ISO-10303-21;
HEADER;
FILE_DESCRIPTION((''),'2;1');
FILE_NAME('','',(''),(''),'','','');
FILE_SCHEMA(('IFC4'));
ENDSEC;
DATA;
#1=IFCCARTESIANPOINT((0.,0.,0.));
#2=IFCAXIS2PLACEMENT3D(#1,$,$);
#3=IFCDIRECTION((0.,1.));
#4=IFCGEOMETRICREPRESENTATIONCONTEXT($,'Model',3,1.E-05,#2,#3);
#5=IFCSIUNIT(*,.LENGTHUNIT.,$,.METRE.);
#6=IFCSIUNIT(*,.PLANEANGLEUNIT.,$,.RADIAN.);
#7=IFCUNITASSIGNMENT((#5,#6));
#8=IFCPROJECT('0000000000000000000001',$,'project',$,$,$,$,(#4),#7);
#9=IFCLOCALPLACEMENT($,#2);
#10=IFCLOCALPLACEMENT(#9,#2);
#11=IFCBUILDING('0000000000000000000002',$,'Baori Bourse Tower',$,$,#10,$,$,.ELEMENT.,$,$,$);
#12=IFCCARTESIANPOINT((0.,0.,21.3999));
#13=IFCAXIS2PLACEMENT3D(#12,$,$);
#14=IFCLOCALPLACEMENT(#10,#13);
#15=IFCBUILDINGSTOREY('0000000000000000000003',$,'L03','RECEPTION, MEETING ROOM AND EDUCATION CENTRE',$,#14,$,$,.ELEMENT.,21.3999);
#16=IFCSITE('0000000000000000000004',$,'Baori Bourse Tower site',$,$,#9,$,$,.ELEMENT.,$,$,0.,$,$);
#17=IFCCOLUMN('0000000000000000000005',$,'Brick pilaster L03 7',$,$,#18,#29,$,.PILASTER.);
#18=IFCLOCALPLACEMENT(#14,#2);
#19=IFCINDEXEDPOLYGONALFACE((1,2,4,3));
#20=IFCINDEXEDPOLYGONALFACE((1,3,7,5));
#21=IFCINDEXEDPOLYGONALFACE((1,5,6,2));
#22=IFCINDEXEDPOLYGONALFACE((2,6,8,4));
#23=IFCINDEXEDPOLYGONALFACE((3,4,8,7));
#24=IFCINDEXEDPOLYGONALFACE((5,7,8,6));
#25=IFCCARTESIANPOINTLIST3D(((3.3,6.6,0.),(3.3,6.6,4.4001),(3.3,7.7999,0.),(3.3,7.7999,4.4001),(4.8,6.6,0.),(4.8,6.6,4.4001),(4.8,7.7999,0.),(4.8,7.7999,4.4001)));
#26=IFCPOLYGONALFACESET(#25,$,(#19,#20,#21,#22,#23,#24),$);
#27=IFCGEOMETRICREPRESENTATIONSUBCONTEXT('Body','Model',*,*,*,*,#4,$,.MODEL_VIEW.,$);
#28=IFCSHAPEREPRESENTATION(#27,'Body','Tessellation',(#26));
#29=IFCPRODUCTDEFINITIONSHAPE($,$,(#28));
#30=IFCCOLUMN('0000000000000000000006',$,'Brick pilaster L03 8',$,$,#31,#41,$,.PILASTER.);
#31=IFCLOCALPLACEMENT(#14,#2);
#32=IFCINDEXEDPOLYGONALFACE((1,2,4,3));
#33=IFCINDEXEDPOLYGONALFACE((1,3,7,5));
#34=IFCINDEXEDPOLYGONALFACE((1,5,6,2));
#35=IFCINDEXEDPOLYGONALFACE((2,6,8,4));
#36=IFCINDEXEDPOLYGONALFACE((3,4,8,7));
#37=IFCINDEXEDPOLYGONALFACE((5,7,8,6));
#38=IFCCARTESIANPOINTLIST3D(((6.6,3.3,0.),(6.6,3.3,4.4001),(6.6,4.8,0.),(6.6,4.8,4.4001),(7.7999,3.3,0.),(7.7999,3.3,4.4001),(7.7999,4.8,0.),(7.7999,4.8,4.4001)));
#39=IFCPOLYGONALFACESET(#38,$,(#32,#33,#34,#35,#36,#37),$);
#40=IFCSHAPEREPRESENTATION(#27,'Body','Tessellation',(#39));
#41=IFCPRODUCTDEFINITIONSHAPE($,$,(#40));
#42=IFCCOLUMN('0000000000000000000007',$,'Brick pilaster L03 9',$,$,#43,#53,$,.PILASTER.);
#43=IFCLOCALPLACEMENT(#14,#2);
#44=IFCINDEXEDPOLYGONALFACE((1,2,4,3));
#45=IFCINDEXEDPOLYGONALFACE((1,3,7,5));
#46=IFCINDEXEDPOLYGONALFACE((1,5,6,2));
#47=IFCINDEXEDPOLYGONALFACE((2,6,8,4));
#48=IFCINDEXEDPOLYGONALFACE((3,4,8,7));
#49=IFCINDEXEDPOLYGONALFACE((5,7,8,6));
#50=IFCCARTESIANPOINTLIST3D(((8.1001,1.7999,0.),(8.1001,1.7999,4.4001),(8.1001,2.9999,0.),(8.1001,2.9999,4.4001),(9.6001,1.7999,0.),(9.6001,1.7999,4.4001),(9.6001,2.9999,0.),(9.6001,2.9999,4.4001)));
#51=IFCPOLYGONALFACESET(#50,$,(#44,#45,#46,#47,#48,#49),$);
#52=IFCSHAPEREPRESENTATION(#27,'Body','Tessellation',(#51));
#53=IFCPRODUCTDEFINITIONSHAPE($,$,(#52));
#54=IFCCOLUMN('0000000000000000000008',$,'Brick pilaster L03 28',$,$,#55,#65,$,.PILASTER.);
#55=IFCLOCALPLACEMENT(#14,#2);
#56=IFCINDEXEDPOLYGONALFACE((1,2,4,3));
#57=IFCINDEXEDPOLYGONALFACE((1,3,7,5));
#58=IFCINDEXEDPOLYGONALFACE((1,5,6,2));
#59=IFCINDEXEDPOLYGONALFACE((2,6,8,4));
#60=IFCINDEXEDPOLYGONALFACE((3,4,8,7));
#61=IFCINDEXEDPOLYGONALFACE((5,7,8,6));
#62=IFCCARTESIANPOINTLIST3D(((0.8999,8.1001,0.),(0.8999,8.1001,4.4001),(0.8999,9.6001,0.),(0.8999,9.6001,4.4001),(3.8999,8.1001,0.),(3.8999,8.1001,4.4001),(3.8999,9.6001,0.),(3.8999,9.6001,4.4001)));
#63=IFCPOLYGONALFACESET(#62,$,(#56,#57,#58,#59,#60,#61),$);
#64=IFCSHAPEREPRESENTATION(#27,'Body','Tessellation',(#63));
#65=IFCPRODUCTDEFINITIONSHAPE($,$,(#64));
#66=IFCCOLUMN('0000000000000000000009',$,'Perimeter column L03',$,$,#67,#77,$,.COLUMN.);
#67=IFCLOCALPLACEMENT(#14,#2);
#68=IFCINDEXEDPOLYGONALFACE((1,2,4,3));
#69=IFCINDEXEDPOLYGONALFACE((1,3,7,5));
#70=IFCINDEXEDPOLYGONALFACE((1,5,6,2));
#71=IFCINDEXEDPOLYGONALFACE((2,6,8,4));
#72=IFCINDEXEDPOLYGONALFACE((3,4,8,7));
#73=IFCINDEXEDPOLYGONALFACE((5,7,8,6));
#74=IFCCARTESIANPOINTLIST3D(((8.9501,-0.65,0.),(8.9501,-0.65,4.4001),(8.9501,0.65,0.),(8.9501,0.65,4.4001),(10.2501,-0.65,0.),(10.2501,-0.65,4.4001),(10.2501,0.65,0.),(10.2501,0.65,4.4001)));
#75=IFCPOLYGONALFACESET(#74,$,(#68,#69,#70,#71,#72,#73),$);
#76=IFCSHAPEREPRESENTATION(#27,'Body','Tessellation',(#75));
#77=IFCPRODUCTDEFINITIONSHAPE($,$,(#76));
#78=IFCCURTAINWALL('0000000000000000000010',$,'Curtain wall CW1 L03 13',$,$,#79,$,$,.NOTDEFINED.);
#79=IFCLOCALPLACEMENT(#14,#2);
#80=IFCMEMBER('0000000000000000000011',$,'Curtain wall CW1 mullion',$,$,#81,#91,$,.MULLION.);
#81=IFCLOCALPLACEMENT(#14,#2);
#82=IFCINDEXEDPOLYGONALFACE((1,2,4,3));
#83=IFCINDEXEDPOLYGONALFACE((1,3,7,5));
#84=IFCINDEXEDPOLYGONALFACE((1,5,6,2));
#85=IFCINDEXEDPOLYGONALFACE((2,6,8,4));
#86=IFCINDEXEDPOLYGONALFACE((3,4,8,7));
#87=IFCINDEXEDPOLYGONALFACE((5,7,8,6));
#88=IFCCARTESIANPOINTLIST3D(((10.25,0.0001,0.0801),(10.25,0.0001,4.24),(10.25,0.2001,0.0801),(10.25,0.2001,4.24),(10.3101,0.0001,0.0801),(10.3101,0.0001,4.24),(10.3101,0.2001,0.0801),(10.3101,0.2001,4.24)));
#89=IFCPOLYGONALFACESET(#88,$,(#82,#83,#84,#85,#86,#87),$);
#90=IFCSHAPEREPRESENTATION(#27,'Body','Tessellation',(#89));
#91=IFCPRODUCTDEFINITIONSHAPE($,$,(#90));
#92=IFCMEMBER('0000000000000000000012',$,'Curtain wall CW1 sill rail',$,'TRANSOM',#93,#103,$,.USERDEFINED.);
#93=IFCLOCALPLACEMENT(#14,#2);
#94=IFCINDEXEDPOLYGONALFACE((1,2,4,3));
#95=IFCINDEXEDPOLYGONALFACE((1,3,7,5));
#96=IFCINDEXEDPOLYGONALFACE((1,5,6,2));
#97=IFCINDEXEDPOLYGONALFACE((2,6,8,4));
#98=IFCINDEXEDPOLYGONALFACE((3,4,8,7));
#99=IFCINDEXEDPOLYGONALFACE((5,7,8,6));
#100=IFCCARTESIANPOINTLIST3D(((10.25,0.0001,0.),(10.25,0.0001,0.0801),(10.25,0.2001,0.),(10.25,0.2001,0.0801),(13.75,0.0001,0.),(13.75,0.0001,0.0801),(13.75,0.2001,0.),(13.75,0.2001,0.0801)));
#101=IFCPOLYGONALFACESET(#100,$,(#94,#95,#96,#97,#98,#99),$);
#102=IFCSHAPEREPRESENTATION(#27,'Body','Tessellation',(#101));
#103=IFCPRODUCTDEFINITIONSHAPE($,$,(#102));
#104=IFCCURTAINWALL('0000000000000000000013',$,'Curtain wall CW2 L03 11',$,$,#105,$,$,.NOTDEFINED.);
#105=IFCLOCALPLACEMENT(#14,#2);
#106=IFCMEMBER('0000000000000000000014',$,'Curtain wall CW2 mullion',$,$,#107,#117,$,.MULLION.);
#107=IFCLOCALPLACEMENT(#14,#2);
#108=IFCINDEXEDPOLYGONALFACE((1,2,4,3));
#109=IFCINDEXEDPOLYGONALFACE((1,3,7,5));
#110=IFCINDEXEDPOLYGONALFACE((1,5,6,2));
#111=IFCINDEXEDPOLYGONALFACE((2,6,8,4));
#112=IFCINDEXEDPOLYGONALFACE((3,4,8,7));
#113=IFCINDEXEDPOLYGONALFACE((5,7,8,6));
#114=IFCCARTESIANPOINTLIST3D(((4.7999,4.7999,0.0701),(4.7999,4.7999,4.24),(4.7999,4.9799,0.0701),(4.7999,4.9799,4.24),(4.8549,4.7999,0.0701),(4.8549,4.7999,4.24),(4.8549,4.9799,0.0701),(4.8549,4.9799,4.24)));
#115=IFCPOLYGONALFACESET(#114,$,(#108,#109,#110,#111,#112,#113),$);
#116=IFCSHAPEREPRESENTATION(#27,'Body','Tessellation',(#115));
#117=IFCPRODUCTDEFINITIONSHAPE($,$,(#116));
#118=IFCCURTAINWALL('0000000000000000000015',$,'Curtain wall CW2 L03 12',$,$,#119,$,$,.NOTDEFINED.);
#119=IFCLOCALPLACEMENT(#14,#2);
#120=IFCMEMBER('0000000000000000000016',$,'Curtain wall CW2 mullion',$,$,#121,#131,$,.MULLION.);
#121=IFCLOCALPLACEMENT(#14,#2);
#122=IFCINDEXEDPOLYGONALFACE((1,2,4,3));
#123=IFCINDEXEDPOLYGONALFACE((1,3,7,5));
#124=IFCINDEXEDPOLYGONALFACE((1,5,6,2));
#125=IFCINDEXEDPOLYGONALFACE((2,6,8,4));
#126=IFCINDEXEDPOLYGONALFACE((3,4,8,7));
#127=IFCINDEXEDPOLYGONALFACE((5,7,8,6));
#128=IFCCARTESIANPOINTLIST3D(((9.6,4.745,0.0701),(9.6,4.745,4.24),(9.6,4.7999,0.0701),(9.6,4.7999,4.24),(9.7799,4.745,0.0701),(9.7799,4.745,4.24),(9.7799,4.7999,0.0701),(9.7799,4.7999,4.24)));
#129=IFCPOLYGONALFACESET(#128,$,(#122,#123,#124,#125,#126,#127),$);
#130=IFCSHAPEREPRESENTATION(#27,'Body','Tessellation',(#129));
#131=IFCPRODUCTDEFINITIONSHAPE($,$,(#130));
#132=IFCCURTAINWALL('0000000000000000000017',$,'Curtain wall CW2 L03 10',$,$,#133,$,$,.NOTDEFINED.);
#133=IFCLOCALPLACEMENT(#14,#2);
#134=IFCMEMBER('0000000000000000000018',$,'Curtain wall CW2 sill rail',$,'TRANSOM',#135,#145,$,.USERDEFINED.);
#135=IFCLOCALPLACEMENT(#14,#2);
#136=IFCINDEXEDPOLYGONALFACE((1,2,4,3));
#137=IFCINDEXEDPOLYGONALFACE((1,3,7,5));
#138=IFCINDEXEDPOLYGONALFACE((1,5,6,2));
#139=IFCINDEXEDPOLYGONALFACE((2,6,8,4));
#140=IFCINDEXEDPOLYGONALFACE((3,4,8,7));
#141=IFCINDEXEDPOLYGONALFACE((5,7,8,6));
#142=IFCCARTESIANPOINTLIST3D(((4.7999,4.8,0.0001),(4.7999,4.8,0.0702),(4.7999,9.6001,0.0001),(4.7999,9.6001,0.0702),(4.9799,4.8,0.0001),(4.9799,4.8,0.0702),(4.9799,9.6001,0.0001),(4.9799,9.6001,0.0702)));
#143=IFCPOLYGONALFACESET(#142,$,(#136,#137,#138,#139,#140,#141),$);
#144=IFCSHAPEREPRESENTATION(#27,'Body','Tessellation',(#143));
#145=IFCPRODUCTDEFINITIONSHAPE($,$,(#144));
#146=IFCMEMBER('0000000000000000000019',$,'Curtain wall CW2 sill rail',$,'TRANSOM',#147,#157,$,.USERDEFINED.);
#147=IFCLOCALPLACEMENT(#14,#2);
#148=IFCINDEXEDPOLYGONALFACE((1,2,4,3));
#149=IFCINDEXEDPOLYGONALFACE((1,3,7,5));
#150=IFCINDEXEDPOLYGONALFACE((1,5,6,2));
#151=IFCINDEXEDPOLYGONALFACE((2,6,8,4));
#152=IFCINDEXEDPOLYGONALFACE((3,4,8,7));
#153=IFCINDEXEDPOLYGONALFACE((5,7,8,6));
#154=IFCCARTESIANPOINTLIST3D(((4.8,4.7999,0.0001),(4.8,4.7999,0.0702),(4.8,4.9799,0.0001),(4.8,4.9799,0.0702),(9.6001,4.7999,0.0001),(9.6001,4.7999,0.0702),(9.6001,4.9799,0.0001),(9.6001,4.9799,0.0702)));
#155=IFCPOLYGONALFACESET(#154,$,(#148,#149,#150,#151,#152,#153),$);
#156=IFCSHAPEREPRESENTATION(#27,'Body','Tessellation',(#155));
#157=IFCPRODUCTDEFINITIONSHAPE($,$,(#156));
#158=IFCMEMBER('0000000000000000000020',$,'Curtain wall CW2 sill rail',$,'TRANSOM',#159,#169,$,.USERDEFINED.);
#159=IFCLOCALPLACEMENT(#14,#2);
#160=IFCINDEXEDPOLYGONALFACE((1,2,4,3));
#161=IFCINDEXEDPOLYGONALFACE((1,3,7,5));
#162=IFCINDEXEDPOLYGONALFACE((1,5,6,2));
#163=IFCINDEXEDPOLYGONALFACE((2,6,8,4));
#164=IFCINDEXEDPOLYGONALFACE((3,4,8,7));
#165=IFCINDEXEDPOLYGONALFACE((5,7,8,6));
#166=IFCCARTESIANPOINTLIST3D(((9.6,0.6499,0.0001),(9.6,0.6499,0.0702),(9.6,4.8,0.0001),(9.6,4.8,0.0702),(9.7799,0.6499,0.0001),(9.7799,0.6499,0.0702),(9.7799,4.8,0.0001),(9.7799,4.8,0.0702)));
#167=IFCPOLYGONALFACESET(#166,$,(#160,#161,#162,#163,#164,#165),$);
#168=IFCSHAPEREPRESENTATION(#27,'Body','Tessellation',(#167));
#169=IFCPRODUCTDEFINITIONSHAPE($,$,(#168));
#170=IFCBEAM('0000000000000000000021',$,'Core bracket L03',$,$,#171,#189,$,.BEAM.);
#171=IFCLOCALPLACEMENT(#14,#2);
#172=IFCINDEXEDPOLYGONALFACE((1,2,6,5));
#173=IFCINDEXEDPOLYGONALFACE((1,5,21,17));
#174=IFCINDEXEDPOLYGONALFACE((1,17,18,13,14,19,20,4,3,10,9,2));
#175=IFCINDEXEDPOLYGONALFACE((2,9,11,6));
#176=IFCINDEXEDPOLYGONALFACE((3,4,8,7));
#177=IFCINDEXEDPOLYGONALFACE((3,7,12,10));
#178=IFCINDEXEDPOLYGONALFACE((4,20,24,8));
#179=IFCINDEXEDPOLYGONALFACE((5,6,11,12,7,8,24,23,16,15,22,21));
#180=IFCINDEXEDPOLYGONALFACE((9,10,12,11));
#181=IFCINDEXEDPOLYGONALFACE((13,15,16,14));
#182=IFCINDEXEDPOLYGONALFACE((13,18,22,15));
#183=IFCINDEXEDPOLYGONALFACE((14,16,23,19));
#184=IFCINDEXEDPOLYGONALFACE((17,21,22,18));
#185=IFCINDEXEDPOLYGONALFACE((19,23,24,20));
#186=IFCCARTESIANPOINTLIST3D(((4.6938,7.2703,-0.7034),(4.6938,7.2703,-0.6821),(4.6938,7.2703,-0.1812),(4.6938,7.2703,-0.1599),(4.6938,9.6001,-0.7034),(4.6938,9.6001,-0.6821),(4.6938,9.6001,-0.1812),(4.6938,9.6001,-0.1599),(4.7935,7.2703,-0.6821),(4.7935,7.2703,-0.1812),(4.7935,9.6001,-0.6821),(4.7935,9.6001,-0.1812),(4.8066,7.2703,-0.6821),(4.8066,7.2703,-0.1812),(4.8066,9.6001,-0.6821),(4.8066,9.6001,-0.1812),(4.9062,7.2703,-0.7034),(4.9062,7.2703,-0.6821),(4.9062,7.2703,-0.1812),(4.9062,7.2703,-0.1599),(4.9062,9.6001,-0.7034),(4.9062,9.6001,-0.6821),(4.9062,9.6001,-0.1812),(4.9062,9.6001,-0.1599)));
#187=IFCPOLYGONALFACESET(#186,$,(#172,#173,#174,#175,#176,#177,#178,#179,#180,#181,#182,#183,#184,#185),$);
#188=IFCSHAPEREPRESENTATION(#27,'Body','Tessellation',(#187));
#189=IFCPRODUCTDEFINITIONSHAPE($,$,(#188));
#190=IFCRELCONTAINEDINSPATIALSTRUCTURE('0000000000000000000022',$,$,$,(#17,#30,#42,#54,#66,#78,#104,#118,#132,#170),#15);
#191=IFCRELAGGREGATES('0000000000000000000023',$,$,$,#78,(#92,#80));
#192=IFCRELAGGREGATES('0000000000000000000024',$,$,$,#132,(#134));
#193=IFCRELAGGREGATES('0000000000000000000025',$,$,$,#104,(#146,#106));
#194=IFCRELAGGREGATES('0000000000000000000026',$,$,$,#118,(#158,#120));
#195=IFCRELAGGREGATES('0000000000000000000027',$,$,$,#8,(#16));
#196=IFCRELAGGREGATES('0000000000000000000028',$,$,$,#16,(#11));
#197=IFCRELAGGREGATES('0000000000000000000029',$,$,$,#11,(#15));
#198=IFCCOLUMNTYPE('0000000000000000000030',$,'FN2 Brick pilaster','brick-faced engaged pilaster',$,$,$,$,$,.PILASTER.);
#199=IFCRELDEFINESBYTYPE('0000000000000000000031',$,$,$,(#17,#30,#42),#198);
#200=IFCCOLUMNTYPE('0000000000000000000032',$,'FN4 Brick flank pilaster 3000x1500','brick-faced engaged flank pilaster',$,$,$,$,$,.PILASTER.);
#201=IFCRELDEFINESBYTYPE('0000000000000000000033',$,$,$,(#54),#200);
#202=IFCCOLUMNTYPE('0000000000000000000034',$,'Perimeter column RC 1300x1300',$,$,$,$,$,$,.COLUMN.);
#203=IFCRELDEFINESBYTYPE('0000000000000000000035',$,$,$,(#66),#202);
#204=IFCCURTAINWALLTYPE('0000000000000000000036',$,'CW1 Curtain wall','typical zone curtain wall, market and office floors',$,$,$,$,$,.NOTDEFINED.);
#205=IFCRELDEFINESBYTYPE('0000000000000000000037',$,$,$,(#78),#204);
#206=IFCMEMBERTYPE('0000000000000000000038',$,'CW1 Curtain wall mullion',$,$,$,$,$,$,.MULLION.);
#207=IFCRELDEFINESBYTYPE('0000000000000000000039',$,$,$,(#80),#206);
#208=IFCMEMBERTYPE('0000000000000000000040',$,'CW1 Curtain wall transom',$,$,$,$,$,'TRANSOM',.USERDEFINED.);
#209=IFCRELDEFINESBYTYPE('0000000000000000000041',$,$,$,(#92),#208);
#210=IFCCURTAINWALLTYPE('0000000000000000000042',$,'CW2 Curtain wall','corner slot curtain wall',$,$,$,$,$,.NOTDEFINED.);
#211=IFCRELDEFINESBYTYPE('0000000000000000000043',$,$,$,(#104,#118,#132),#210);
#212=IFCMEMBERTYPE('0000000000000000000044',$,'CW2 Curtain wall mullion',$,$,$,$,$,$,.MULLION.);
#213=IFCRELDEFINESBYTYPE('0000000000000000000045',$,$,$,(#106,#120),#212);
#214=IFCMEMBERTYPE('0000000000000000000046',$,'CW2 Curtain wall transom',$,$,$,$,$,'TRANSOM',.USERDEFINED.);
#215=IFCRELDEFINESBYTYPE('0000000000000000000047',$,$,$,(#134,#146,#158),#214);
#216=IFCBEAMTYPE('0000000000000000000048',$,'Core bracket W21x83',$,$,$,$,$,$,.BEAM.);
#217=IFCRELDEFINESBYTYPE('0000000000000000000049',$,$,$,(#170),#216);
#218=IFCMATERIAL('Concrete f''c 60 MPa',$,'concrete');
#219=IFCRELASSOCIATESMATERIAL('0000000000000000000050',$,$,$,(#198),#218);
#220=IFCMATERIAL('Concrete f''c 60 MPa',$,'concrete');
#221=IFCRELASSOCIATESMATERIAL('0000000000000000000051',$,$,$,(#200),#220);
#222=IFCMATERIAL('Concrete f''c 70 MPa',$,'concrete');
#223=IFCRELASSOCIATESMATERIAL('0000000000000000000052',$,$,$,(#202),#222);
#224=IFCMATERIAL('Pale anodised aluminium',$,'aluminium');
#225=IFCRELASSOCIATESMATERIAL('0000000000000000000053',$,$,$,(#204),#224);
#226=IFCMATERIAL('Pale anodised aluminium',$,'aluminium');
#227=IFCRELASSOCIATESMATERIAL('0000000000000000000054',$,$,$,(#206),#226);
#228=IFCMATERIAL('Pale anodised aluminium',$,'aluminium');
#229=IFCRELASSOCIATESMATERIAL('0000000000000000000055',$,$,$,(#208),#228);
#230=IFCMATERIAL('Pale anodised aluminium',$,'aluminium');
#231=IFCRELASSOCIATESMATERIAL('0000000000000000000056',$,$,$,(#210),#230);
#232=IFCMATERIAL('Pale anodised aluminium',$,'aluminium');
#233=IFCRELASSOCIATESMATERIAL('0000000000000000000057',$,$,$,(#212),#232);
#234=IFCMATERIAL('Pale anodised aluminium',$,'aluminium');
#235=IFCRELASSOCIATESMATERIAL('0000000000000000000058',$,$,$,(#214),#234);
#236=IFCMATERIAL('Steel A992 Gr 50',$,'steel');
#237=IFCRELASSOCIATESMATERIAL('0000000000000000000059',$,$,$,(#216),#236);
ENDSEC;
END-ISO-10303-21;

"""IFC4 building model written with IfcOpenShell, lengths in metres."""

from ifc_helpers import new_model, si_unit, direction, frame, origin, origin_2d, place, context, subcontext, project, spatial, rectangle, i_section, extrude, material, material_profile, profile_set, type_object, element, aggregate, save


model = new_model("IFC4")

# Units and contexts
model_context = context("Model", 3, precision=1e-05, world=origin(), true_north=direction((0.0, 1.0)))
body_context = subcontext(model_context, "Body", "Model", "MODEL_VIEW")
ifc_project = project(units=[si_unit("LENGTHUNIT", "METRE"), si_unit("PLANEANGLEUNIT", "RADIAN")], contexts=[model_context])

# Site, building, storey
site_placement = place(None, origin())
site = spatial("IfcSite", under=ifc_project, at=site_placement, Name="Baori Bourse Tower site", CompositionType="ELEMENT", RefElevation=0.0)
building_placement = place(site_placement, origin())
building = spatial("IfcBuilding", under=site, at=building_placement, Name="Baori Bourse Tower", CompositionType="ELEMENT")
storey_placement = place(building_placement, frame((0.0, 0.0, 21.3999)))
storey = spatial("IfcBuildingStorey", under=building, at=storey_placement, Name="L03", Description="RECEPTION, MEETING ROOM AND EDUCATION CENTRE", CompositionType="ELEMENT", Elevation=21.3999)

# Columns
ifc_material_1 = material(Name="Concrete f'c 60 MPa", Category="concrete")
ifc_material_profile_1 = material_profile(ifc_material_1, rectangle(XDim=1.2, YDim=1.5, at=origin_2d()), Name="RC 1200x1500")
ifc_profile_set_1 = profile_set([ifc_material_profile_1], Name="Concrete f'c 60 MPa")
column_type_1 = type_object("IfcColumnType", Name="FN2 Brick pilaster", Description="brick-faced engaged pilaster", PredefinedType="PILASTER", material=ifc_profile_set_1)
for number, where, z_axis, x_axis, name in (
    (1, (4.05, 7.2, 0.0), (0.0, 0.0, 1.0), (0.0, 1.0, 0.0), "Brick pilaster L03 7"),
    (2, (7.2, 4.05, 0.0), (0.0, 0.0, 1.0), (1.0, 0.0, 0.0), "Brick pilaster L03 8"),
    (3, (8.8501, 2.3999, 0.0), (0.0, 0.0, 1.0), (0.0, 1.0, 0.0), "Brick pilaster L03 9"),
):
    element("IfcColumn", number, at=place(storey_placement, frame(where, z_axis=z_axis, x_axis=x_axis)), inside=storey, type_object=column_type_1, Name=name, PredefinedType="PILASTER", context=body_context, shape_type="SweptSolid", body=[
        extrude(rectangle(XDim=1.2, YDim=1.5, at=origin_2d()), origin(), (0.0, 0.0, 1.0), 4.4001),
    ])
ifc_material_2 = material(Name="Concrete f'c 60 MPa", Category="concrete")
ifc_material_profile_2 = material_profile(ifc_material_2, rectangle(XDim=3.0, YDim=1.5, at=origin_2d()), Name="RC 3000x1500")
ifc_profile_set_2 = profile_set([ifc_material_profile_2], Name="Concrete f'c 60 MPa")
column_type_2 = type_object("IfcColumnType", Name="FN4 Brick flank pilaster 3000x1500", Description="brick-faced engaged flank pilaster", PredefinedType="PILASTER", material=ifc_profile_set_2)
column_1_placement = place(storey_placement, frame((2.3999, 8.8501, 0.0), z_axis=(0.0, 0.0, 1.0), x_axis=(1.0, 0.0, 0.0)))
element("IfcColumn", 4, at=column_1_placement, inside=storey, type_object=column_type_2, Name="Brick pilaster L03 28", PredefinedType="PILASTER", context=body_context, shape_type="SweptSolid", body=[
    extrude(rectangle(XDim=3.0, YDim=1.5, at=origin_2d()), origin(), (0.0, 0.0, 1.0), 4.4001),
])
ifc_material_3 = material(Name="Concrete f'c 70 MPa", Category="concrete")
ifc_material_profile_3 = material_profile(ifc_material_3, rectangle(XDim=1.3, YDim=1.3, at=origin_2d()), Name="RC 1300x1300")
ifc_profile_set_3 = profile_set([ifc_material_profile_3], Name="Concrete f'c 70 MPa")
column_type_3 = type_object("IfcColumnType", Name="Perimeter column RC 1300x1300", PredefinedType="COLUMN", material=ifc_profile_set_3)
column_2_placement = place(storey_placement, frame((9.6001, 0.0, 0.0), z_axis=(0.0, 0.0, 1.0), x_axis=(1.0, 0.0, 0.0)))
element("IfcColumn", 5, at=column_2_placement, inside=storey, type_object=column_type_3, Name="Perimeter column L03", PredefinedType="COLUMN", context=body_context, shape_type="SweptSolid", body=[
    extrude(rectangle(XDim=1.3, YDim=1.3, at=origin_2d()), origin(), (0.0, 0.0, 1.0), 4.4001),
])

# Curtain wall, members
ifc_material_4 = material(Name="Pale anodised aluminium", Category="aluminium")
curtain_wall_type_1 = type_object("IfcCurtainWallType", Name="CW1 Curtain wall", Description="typical zone curtain wall, market and office floors", PredefinedType="NOTDEFINED", material=ifc_material_4)
curtain_wall_1_placement = place(storey_placement, origin())
curtain_wall_1 = element("IfcCurtainWall", 6, at=curtain_wall_1_placement, inside=storey, type_object=curtain_wall_type_1, Name="Curtain wall CW1 L03 13", PredefinedType="NOTDEFINED")
ifc_material_5 = material(Name="Pale anodised aluminium", Category="aluminium")
ifc_material_profile_4 = material_profile(ifc_material_5, rectangle(XDim=0.2, YDim=0.0601, at=origin_2d()), Name="Mullion 60x200")
ifc_profile_set_4 = profile_set([ifc_material_profile_4], Name="Pale anodised aluminium")
member_type_1 = type_object("IfcMemberType", Name="CW1 Curtain wall mullion", PredefinedType="MULLION", material=ifc_profile_set_4)
member_1_placement = place(storey_placement, frame((10.28, 0.1001, 0.0801), z_axis=(0.0, 0.0, 1.0), x_axis=(0.0, 1.0, 0.0)))
member_1 = element("IfcMember", 7, at=member_1_placement, type_object=member_type_1, Name="Curtain wall CW1 mullion", PredefinedType="MULLION", context=body_context, shape_type="SweptSolid", body=[
    extrude(rectangle(XDim=0.2, YDim=0.0601, at=origin_2d()), origin(), (0.0, 0.0, 1.0), 4.1599),
])
ifc_material_6 = material(Name="Pale anodised aluminium", Category="aluminium")
ifc_material_profile_5 = material_profile(ifc_material_6, rectangle(XDim=0.2, YDim=0.0801, at=origin_2d()), Name="Transom 80x200")
ifc_profile_set_5 = profile_set([ifc_material_profile_5], Name="Pale anodised aluminium")
member_type_2 = type_object("IfcMemberType", Name="CW1 Curtain wall transom", ElementType="TRANSOM", PredefinedType="USERDEFINED", material=ifc_profile_set_5)
member_2_placement = place(storey_placement, frame((10.25, 0.1001, 0.04), z_axis=(1.0, 0.0, 0.0), x_axis=(0.0, 1.0, 0.0)))
member_2 = element("IfcMember", 8, at=member_2_placement, type_object=member_type_2, Name="Curtain wall CW1 sill rail", ObjectType="TRANSOM", PredefinedType="USERDEFINED", context=body_context, shape_type="SweptSolid", body=[
    extrude(rectangle(XDim=0.2, YDim=0.0801, at=origin_2d()), origin(), (0.0, 0.0, 1.0), 3.5),
])
aggregate(curtain_wall_1, [member_2, member_1])

# Curtain walls, members
ifc_material_7 = material(Name="Pale anodised aluminium", Category="aluminium")
curtain_wall_type_2 = type_object("IfcCurtainWallType", Name="CW2 Curtain wall", Description="corner slot curtain wall", PredefinedType="NOTDEFINED", material=ifc_material_7)
curtain_wall_2_placement = place(storey_placement, origin())
curtain_wall_2 = element("IfcCurtainWall", 9, at=curtain_wall_2_placement, inside=storey, type_object=curtain_wall_type_2, Name="Curtain wall CW2 L03 11", PredefinedType="NOTDEFINED")
ifc_material_8 = material(Name="Pale anodised aluminium", Category="aluminium")
ifc_material_profile_6 = material_profile(ifc_material_8, rectangle(XDim=0.1799, YDim=0.0549, at=origin_2d()), Name="Mullion 55x180")
ifc_profile_set_6 = profile_set([ifc_material_profile_6], Name="Pale anodised aluminium")
member_type_3 = type_object("IfcMemberType", Name="CW2 Curtain wall mullion", PredefinedType="MULLION", material=ifc_profile_set_6)
member_3_placement = place(storey_placement, frame((4.8274, 4.8899, 0.0701), z_axis=(0.0, 0.0, 1.0), x_axis=(0.0, 1.0, 0.0)))
member_3 = element("IfcMember", 10, at=member_3_placement, type_object=member_type_3, Name="Curtain wall CW2 mullion", PredefinedType="MULLION", context=body_context, shape_type="SweptSolid", body=[
    extrude(rectangle(XDim=0.1799, YDim=0.0549, at=origin_2d()), origin(), (0.0, 0.0, 1.0), 4.1699),
])
curtain_wall_3_placement = place(storey_placement, origin())
curtain_wall_3 = element("IfcCurtainWall", 11, at=curtain_wall_3_placement, inside=storey, type_object=curtain_wall_type_2, Name="Curtain wall CW2 L03 12", PredefinedType="NOTDEFINED")
member_4_placement = place(storey_placement, frame((9.6899, 4.7725, 0.0701), z_axis=(0.0, 0.0, 1.0), x_axis=(1.0, 0.0, 0.0)))
member_4 = element("IfcMember", 12, at=member_4_placement, type_object=member_type_3, Name="Curtain wall CW2 mullion", PredefinedType="MULLION", context=body_context, shape_type="SweptSolid", body=[
    extrude(rectangle(XDim=0.1799, YDim=0.0549, at=origin_2d()), origin(), (0.0, 0.0, 1.0), 4.1699),
])
curtain_wall_4_placement = place(storey_placement, origin())
curtain_wall_4 = element("IfcCurtainWall", 13, at=curtain_wall_4_placement, inside=storey, type_object=curtain_wall_type_2, Name="Curtain wall CW2 L03 10", PredefinedType="NOTDEFINED")
ifc_material_9 = material(Name="Pale anodised aluminium", Category="aluminium")
ifc_material_profile_7 = material_profile(ifc_material_9, rectangle(XDim=0.1799, YDim=0.0701, at=origin_2d()), Name="Transom 70x180")
ifc_profile_set_7 = profile_set([ifc_material_profile_7], Name="Pale anodised aluminium")
member_type_4 = type_object("IfcMemberType", Name="CW2 Curtain wall transom", ElementType="TRANSOM", PredefinedType="USERDEFINED", material=ifc_profile_set_7)
member_5_placement = place(storey_placement, frame((4.8899, 9.6001, 0.0352), z_axis=(0.0, -1.0, 0.0), x_axis=(1.0, 0.0, 0.0)))
member_5 = element("IfcMember", 14, at=member_5_placement, type_object=member_type_4, Name="Curtain wall CW2 sill rail", ObjectType="TRANSOM", PredefinedType="USERDEFINED", context=body_context, shape_type="SweptSolid", body=[
    extrude(rectangle(XDim=0.1799, YDim=0.0701, at=origin_2d()), origin(), (0.0, 0.0, 1.0), 4.8),
])

# Members
member_6_placement = place(storey_placement, frame((4.8, 4.8899, 0.0352), z_axis=(1.0, 0.0, 0.0), x_axis=(0.0, 1.0, 0.0)))
member_6 = element("IfcMember", 15, at=member_6_placement, type_object=member_type_4, Name="Curtain wall CW2 sill rail", ObjectType="TRANSOM", PredefinedType="USERDEFINED", context=body_context, shape_type="SweptSolid", body=[
    extrude(rectangle(XDim=0.1799, YDim=0.0701, at=origin_2d()), origin(), (0.0, 0.0, 1.0), 4.8),
])
member_7_placement = place(storey_placement, frame((9.6899, 4.8, 0.0352), z_axis=(0.0, -1.0, 0.0), x_axis=(1.0, 0.0, 0.0)))
member_7 = element("IfcMember", 16, at=member_7_placement, type_object=member_type_4, Name="Curtain wall CW2 sill rail", ObjectType="TRANSOM", PredefinedType="USERDEFINED", context=body_context, shape_type="SweptSolid", body=[
    extrude(rectangle(XDim=0.1799, YDim=0.0701, at=origin_2d()), origin(), (0.0, 0.0, 1.0), 4.1501),
])

# Beam
ifc_material_10 = material(Name="Steel A992 Gr 50", Category="steel")
ifc_material_profile_8 = material_profile(ifc_material_10, i_section(OverallWidth=0.2124, OverallDepth=0.5435, WebThickness=0.0132, FlangeThickness=0.0212, at=origin_2d()), Name="W21x83")
ifc_profile_set_8 = profile_set([ifc_material_profile_8], Name="Steel A992 Gr 50")
beam_type_1 = type_object("IfcBeamType", Name="Core bracket W21x83", PredefinedType="BEAM", material=ifc_profile_set_8)
beam_1_placement = place(storey_placement, frame((4.8, 7.2703, -0.4316), z_axis=(0.0, 1.0, 0.0), x_axis=(-1.0, 0.0, 0.0)))
element("IfcBeam", 17, at=beam_1_placement, inside=storey, type_object=beam_type_1, Name="Core bracket L03", PredefinedType="BEAM", context=body_context, shape_type="SweptSolid", body=[
    extrude(i_section(OverallWidth=0.2124, OverallDepth=0.5435, WebThickness=0.0132, FlangeThickness=0.0212, at=origin_2d()), origin(), (0.0, 0.0, 1.0), 2.3298),
])

aggregate(curtain_wall_4, [member_5])
aggregate(curtain_wall_2, [member_6, member_3])
aggregate(curtain_wall_3, [member_7, member_4])

save(model, "model.ifc")
